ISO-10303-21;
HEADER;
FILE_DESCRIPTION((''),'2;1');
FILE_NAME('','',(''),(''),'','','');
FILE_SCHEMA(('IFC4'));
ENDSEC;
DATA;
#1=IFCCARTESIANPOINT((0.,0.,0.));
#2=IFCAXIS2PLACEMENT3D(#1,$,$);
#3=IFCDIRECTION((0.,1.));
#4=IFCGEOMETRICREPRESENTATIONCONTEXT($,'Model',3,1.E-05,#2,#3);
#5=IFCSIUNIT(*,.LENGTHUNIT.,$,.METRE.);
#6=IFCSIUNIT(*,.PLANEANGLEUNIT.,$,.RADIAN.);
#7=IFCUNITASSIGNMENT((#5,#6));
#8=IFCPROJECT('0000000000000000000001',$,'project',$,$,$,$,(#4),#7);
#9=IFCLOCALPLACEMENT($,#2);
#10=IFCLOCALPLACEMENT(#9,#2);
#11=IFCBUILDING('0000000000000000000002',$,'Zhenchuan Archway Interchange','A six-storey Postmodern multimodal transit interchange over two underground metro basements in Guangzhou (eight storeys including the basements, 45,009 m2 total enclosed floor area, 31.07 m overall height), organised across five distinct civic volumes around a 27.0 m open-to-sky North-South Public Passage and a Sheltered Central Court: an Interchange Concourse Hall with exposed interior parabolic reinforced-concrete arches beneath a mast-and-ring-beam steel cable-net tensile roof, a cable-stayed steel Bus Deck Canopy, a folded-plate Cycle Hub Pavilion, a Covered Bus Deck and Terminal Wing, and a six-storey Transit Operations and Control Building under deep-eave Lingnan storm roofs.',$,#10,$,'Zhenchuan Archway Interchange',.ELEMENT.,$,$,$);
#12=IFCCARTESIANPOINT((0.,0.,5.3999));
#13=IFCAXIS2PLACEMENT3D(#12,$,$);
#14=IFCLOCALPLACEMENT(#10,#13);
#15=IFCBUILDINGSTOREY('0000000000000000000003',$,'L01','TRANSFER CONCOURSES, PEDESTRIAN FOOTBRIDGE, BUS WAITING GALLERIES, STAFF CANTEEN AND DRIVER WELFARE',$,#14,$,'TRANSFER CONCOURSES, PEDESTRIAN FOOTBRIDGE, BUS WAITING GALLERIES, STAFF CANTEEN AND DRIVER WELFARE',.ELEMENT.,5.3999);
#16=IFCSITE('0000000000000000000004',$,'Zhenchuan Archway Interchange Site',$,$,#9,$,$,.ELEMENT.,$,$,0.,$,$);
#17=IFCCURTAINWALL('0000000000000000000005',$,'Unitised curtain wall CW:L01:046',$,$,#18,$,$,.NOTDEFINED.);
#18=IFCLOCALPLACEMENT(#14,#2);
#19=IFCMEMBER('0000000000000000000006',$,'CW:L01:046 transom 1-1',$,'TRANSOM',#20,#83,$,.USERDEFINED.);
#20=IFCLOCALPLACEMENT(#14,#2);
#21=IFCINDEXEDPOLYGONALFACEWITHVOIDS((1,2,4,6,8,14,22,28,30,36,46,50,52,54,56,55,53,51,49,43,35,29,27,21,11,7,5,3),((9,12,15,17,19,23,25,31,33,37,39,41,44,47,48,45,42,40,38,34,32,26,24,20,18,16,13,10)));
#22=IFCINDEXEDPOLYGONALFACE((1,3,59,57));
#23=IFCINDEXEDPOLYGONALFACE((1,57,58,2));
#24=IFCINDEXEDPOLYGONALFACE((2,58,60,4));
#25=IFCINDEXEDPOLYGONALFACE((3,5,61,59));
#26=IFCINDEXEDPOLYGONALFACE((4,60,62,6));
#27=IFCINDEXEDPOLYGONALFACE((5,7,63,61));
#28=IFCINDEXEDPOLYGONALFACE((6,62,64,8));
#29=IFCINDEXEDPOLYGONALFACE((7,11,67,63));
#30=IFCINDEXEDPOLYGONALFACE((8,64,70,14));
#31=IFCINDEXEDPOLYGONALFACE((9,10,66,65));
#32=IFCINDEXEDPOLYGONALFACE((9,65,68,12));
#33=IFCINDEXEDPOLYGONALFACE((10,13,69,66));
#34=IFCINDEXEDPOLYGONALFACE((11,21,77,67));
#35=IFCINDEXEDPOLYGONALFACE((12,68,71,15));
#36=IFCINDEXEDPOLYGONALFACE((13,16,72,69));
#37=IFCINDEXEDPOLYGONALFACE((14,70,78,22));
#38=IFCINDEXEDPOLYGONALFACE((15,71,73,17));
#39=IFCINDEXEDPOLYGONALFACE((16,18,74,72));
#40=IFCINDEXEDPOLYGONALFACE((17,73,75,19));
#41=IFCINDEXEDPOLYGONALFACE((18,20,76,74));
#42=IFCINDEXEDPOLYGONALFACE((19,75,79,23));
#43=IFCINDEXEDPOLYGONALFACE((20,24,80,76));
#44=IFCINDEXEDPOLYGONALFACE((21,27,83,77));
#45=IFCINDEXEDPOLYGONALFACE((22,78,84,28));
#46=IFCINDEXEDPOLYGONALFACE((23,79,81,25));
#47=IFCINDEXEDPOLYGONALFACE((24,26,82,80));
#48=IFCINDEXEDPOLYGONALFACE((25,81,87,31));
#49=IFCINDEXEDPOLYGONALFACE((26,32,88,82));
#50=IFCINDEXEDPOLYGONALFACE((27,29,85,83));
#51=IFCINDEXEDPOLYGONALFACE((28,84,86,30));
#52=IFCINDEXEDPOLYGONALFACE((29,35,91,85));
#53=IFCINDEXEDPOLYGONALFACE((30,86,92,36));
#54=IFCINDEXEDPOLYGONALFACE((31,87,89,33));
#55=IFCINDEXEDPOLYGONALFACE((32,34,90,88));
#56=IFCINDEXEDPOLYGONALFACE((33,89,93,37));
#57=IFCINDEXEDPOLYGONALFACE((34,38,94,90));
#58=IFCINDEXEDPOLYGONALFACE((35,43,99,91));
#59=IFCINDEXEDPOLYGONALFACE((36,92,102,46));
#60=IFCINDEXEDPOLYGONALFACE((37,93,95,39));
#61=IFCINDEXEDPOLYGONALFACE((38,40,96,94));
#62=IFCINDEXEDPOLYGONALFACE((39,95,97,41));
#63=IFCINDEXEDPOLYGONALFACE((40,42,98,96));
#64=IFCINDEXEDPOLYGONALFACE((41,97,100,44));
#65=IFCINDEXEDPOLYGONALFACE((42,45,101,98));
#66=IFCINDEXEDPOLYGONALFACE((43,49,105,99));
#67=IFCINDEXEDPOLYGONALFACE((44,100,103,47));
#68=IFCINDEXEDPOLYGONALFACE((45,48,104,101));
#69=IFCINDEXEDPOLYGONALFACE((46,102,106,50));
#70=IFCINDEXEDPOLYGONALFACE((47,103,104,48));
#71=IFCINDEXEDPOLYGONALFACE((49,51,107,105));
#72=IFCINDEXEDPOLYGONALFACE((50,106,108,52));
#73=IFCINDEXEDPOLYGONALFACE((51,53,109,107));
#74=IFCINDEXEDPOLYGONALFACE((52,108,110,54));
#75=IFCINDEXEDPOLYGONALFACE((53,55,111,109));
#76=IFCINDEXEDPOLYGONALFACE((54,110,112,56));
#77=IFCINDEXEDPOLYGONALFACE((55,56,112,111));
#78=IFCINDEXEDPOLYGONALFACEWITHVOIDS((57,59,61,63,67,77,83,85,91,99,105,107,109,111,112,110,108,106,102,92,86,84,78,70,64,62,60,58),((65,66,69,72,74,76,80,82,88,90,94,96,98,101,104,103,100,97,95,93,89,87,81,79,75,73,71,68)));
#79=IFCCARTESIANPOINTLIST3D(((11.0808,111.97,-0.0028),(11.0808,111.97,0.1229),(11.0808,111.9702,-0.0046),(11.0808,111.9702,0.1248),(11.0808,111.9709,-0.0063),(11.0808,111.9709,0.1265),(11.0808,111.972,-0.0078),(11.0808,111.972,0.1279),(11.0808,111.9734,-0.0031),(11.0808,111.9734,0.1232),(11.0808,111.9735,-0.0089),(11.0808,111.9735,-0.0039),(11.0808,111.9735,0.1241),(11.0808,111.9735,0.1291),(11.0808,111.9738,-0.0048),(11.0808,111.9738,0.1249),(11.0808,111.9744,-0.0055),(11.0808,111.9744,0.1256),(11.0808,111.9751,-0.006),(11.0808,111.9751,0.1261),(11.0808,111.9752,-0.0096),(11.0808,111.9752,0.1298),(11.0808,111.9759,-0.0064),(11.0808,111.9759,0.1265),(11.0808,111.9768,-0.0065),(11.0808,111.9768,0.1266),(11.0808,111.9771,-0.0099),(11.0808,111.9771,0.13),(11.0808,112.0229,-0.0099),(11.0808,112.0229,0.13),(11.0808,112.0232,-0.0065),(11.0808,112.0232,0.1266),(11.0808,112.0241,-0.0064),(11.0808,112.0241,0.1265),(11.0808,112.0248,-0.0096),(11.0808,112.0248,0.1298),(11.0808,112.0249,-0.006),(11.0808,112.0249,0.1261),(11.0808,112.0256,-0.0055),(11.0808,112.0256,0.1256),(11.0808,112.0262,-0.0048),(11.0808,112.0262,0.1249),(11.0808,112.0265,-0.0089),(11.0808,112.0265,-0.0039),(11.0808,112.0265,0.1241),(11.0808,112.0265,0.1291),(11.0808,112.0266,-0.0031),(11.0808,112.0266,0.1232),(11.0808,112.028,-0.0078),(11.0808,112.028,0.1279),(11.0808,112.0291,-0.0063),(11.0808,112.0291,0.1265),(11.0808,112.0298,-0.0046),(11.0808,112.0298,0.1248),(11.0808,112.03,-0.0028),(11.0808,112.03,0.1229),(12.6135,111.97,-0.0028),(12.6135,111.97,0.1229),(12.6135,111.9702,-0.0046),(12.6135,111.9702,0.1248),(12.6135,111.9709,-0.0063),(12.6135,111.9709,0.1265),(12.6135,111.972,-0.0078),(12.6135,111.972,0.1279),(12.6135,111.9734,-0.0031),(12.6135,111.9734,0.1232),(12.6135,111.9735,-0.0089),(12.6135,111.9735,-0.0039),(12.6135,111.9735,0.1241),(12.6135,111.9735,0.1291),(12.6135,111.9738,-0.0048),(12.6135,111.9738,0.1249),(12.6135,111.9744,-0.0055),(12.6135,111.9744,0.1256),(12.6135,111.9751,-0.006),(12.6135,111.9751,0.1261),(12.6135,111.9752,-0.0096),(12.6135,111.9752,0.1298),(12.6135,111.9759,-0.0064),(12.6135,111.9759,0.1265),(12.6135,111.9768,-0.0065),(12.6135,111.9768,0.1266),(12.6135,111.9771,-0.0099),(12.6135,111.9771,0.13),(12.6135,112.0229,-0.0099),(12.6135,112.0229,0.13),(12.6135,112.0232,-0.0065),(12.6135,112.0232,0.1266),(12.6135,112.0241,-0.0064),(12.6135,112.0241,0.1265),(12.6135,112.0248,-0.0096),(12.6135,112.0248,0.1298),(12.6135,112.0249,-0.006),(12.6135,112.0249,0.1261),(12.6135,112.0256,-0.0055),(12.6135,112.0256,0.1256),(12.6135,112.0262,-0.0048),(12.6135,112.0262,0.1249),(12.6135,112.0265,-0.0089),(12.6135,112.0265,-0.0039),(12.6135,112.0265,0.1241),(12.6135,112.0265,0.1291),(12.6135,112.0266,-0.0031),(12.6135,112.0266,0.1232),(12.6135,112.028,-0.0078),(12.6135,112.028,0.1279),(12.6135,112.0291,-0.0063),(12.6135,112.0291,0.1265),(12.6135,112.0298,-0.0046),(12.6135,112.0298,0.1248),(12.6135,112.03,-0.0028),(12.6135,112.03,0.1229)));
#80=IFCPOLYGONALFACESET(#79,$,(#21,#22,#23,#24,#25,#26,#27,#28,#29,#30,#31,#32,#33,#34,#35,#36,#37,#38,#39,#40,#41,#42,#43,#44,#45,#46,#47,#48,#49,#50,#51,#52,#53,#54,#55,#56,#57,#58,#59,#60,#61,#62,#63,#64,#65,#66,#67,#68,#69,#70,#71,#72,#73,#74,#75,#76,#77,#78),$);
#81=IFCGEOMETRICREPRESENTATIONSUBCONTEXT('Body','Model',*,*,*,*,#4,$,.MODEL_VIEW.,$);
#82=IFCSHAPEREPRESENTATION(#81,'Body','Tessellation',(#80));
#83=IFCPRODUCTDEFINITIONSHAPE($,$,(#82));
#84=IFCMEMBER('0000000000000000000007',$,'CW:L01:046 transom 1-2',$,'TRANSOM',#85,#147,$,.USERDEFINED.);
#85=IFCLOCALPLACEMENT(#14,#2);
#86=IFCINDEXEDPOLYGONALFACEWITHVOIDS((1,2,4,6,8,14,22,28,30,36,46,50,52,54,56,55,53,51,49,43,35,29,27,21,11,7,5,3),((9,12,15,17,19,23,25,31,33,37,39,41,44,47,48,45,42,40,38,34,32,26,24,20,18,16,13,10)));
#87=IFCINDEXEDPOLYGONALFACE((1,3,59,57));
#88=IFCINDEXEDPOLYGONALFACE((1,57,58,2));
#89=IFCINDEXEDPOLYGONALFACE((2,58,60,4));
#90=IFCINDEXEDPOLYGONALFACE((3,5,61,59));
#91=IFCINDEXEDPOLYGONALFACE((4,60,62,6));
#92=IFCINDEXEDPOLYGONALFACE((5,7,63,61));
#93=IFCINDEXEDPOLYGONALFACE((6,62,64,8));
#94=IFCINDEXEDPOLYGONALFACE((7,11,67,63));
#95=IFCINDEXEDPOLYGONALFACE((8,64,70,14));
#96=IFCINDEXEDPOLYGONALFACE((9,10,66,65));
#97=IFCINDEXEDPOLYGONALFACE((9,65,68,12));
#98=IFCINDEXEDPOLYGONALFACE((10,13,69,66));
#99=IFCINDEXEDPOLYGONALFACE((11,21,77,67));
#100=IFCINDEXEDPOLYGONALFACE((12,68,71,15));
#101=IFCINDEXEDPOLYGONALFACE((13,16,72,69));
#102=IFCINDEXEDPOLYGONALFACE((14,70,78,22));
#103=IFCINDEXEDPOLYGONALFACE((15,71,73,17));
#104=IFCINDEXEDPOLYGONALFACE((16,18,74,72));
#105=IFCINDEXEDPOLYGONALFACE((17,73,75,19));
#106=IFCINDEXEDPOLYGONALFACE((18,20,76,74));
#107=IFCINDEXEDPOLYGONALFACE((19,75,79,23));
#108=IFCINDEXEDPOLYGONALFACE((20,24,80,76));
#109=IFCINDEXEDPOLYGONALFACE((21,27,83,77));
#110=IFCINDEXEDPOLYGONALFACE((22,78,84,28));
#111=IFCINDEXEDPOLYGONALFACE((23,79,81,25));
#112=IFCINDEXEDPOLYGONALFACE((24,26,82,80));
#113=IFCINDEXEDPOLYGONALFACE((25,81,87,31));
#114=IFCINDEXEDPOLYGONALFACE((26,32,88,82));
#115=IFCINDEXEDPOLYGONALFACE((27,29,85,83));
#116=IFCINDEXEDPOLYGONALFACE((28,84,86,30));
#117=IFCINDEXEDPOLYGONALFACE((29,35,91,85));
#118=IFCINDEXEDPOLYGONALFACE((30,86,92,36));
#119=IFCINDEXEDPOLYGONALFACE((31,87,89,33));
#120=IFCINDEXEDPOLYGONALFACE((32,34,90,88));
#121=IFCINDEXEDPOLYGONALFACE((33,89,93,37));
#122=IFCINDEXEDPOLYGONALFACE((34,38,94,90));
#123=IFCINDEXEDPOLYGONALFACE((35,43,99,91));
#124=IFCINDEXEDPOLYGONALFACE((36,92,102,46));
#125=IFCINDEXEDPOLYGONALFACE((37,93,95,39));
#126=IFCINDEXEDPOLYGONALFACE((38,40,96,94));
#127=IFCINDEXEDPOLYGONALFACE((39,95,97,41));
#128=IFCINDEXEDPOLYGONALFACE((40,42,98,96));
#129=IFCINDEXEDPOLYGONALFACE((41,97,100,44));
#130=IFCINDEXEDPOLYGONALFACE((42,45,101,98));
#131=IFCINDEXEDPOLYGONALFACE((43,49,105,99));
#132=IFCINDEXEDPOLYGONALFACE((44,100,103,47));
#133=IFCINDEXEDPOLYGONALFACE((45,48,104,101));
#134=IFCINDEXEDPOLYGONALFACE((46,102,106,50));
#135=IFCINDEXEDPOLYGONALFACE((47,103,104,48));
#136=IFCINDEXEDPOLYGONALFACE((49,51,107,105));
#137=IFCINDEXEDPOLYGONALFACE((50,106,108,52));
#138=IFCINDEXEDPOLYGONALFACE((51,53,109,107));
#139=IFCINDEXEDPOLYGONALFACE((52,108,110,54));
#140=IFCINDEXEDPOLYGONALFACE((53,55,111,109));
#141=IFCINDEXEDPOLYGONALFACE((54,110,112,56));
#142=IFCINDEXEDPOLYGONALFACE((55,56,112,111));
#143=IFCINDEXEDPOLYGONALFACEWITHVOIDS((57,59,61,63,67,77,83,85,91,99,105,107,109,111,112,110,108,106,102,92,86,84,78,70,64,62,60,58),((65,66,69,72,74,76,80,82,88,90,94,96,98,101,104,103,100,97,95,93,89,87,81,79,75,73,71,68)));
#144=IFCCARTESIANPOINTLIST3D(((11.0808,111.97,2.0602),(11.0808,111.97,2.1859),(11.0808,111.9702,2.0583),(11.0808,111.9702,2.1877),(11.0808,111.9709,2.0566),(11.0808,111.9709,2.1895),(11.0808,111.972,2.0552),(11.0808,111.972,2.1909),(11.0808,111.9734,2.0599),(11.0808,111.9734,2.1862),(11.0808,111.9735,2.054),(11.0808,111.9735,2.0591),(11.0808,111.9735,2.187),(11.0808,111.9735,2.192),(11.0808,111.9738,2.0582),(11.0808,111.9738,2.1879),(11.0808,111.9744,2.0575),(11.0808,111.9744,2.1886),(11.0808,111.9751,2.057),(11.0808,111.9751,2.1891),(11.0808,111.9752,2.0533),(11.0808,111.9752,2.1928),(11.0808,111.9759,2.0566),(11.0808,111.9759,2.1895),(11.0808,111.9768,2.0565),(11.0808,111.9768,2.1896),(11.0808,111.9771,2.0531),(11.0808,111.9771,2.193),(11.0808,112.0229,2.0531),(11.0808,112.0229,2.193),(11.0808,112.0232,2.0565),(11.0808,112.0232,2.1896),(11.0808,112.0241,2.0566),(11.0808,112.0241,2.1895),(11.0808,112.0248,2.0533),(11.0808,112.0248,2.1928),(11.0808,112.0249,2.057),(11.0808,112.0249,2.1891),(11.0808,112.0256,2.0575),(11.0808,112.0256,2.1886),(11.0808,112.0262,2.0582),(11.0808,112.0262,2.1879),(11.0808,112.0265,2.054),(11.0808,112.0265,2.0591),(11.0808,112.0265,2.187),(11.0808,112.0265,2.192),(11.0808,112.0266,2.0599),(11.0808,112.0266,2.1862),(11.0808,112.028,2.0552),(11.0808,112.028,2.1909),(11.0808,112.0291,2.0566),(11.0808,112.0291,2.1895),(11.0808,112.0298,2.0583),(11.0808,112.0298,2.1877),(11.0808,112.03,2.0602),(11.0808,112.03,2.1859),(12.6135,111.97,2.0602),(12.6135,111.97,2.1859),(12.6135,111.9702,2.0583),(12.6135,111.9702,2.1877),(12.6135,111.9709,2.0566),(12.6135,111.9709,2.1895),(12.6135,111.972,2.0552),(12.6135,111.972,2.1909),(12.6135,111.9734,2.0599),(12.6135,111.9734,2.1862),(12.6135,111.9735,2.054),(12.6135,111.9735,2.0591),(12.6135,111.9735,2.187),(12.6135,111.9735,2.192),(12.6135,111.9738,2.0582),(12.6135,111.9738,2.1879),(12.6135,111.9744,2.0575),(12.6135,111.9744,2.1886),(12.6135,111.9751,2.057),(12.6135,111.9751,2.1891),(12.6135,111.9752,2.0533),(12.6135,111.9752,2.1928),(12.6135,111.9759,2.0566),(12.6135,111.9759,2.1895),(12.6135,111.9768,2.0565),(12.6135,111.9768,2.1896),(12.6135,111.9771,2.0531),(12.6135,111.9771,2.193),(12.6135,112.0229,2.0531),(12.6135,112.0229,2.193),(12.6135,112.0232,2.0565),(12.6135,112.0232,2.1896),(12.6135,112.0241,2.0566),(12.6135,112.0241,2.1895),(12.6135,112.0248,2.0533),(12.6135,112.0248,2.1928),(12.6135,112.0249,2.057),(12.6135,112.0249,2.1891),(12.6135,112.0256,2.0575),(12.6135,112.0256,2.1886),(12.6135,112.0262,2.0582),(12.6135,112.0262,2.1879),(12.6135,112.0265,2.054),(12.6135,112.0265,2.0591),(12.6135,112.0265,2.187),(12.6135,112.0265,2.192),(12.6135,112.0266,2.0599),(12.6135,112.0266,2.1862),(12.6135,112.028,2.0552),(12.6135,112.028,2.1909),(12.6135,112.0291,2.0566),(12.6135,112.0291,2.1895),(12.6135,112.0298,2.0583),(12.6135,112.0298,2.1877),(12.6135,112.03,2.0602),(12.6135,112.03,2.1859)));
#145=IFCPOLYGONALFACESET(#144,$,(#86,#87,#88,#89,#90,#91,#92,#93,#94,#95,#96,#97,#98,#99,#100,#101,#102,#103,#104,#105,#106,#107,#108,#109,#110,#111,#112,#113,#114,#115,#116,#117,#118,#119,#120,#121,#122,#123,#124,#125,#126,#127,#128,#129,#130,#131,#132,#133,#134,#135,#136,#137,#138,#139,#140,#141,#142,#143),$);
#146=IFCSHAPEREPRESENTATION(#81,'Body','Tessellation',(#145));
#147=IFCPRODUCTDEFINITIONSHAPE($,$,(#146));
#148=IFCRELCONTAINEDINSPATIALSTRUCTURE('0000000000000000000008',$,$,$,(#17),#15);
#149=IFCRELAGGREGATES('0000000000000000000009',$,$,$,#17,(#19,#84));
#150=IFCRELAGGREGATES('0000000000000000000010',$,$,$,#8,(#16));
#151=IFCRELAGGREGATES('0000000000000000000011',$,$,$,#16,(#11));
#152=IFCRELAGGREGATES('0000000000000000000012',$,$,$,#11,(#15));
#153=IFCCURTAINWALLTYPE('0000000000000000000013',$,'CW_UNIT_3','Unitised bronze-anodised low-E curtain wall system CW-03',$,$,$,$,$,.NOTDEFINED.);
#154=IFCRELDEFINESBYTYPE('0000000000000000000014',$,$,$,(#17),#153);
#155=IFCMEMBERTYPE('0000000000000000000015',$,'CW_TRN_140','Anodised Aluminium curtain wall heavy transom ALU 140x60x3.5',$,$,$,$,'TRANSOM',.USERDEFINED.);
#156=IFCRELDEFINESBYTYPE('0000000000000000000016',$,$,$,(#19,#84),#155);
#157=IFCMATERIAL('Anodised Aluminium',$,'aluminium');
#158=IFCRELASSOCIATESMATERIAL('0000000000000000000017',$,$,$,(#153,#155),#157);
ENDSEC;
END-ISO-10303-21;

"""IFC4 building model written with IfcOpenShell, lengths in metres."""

from ifc_helpers import new_model, si_unit, direction, frame, origin, origin_2d, place, context, subcontext, project, spatial, hollow_rectangle, extrude, material, material_profile, profile_set, type_object, element, aggregate, save


model = new_model("IFC4")

# Units and contexts
model_context = context("Model", 3, precision=1e-05, world=origin(), true_north=direction((0.0, 1.0)))
body_context = subcontext(model_context, "Body", "Model", "MODEL_VIEW")
ifc_project = project(units=[si_unit("LENGTHUNIT", "METRE"), si_unit("PLANEANGLEUNIT", "RADIAN")], contexts=[model_context])

# Site, building, storey
site_placement = place(None, origin())
site = spatial("IfcSite", under=ifc_project, at=site_placement, Name="Zhenchuan Archway Interchange Site", CompositionType="ELEMENT", RefElevation=0.0)
building_placement = place(site_placement, origin())
building = spatial("IfcBuilding", under=site, at=building_placement, Name="Zhenchuan Archway Interchange", Description="A six-storey Postmodern multimodal transit interchange over two underground metro basements in Guangzhou (eight storeys including the basements, 45,009 m2 total enclosed floor area, 31.07 m overall height), organised across five distinct civic volumes around a 27.0 m open-to-sky North-South Public Passage and a Sheltered Central Court: an Interchange Concourse Hall with exposed interior parabolic reinforced-concrete arches beneath a mast-and-ring-beam steel cable-net tensile roof, a cable-stayed steel Bus Deck Canopy, a folded-plate Cycle Hub Pavilion, a Covered Bus Deck and Terminal Wing, and a six-storey Transit Operations and Control Building under deep-eave Lingnan storm roofs.", LongName="Zhenchuan Archway Interchange", CompositionType="ELEMENT")
storey_placement = place(building_placement, frame((0.0, 0.0, 5.3999)))
storey = spatial("IfcBuildingStorey", under=building, at=storey_placement, Name="L01", Description="TRANSFER CONCOURSES, PEDESTRIAN FOOTBRIDGE, BUS WAITING GALLERIES, STAFF CANTEEN AND DRIVER WELFARE", LongName="TRANSFER CONCOURSES, PEDESTRIAN FOOTBRIDGE, BUS WAITING GALLERIES, STAFF CANTEEN AND DRIVER WELFARE", CompositionType="ELEMENT", Elevation=5.3999)

# Curtain wall, members
ifc_material_1 = material(Name="Anodised Aluminium", Category="aluminium")
curtain_wall_type = type_object("IfcCurtainWallType", Name="CW_UNIT_3", Description="Unitised bronze-anodised low-E curtain wall system CW-03", PredefinedType="NOTDEFINED", material=ifc_material_1)
curtain_wall_placement = place(storey_placement, origin())
curtain_wall = element("IfcCurtainWall", 1, at=curtain_wall_placement, inside=storey, type_object=curtain_wall_type, Name="Unitised curtain wall CW:L01:046", PredefinedType="NOTDEFINED")
ifc_material_profile_1 = material_profile(ifc_material_1, hollow_rectangle(XDim=0.0601, YDim=0.1399, WallThickness=0.0034, InnerFilletRadius=0.0034, OuterFilletRadius=0.0071, at=origin_2d()), Name="ALU 140x60x3.5")
ifc_profile_set_1 = profile_set([ifc_material_profile_1], Name="Anodised Aluminium")
member_type_1 = type_object("IfcMemberType", Name="CW_TRN_140", Description="Anodised Aluminium curtain wall heavy transom ALU 140x60x3.5", ElementType="TRANSOM", PredefinedType="USERDEFINED", material=ifc_profile_set_1)
member_1_placement = place(storey_placement, frame((11.0808, 112.0, 0.0601), z_axis=(1.0, 0.0, 0.0), x_axis=(0.0, 1.0, 0.0)))
member_1 = element("IfcMember", 2, at=member_1_placement, type_object=member_type_1, Name="CW:L01:046 transom 1-1", ObjectType="TRANSOM", PredefinedType="USERDEFINED", context=body_context, shape_type="SweptSolid", body=[
    extrude(hollow_rectangle(XDim=0.0601, YDim=0.1399, WallThickness=0.0034, InnerFilletRadius=0.0034, OuterFilletRadius=0.0071, at=origin_2d()), origin(), (0.0, 0.0, 1.0), 1.5327),
])
member_2_placement = place(storey_placement, frame((11.0808, 112.0, 2.123), z_axis=(1.0, 0.0, 0.0), x_axis=(0.0, 1.0, 0.0)))
member_2 = element("IfcMember", 3, at=member_2_placement, type_object=member_type_1, Name="CW:L01:046 transom 1-2", ObjectType="TRANSOM", PredefinedType="USERDEFINED", context=body_context, shape_type="SweptSolid", body=[
    extrude(hollow_rectangle(XDim=0.0601, YDim=0.1399, WallThickness=0.0034, InnerFilletRadius=0.0034, OuterFilletRadius=0.0071, at=origin_2d()), origin(), (0.0, 0.0, 1.0), 1.5327),
])
aggregate(curtain_wall, [member_1, member_2])

save(model, "model.ifc")
